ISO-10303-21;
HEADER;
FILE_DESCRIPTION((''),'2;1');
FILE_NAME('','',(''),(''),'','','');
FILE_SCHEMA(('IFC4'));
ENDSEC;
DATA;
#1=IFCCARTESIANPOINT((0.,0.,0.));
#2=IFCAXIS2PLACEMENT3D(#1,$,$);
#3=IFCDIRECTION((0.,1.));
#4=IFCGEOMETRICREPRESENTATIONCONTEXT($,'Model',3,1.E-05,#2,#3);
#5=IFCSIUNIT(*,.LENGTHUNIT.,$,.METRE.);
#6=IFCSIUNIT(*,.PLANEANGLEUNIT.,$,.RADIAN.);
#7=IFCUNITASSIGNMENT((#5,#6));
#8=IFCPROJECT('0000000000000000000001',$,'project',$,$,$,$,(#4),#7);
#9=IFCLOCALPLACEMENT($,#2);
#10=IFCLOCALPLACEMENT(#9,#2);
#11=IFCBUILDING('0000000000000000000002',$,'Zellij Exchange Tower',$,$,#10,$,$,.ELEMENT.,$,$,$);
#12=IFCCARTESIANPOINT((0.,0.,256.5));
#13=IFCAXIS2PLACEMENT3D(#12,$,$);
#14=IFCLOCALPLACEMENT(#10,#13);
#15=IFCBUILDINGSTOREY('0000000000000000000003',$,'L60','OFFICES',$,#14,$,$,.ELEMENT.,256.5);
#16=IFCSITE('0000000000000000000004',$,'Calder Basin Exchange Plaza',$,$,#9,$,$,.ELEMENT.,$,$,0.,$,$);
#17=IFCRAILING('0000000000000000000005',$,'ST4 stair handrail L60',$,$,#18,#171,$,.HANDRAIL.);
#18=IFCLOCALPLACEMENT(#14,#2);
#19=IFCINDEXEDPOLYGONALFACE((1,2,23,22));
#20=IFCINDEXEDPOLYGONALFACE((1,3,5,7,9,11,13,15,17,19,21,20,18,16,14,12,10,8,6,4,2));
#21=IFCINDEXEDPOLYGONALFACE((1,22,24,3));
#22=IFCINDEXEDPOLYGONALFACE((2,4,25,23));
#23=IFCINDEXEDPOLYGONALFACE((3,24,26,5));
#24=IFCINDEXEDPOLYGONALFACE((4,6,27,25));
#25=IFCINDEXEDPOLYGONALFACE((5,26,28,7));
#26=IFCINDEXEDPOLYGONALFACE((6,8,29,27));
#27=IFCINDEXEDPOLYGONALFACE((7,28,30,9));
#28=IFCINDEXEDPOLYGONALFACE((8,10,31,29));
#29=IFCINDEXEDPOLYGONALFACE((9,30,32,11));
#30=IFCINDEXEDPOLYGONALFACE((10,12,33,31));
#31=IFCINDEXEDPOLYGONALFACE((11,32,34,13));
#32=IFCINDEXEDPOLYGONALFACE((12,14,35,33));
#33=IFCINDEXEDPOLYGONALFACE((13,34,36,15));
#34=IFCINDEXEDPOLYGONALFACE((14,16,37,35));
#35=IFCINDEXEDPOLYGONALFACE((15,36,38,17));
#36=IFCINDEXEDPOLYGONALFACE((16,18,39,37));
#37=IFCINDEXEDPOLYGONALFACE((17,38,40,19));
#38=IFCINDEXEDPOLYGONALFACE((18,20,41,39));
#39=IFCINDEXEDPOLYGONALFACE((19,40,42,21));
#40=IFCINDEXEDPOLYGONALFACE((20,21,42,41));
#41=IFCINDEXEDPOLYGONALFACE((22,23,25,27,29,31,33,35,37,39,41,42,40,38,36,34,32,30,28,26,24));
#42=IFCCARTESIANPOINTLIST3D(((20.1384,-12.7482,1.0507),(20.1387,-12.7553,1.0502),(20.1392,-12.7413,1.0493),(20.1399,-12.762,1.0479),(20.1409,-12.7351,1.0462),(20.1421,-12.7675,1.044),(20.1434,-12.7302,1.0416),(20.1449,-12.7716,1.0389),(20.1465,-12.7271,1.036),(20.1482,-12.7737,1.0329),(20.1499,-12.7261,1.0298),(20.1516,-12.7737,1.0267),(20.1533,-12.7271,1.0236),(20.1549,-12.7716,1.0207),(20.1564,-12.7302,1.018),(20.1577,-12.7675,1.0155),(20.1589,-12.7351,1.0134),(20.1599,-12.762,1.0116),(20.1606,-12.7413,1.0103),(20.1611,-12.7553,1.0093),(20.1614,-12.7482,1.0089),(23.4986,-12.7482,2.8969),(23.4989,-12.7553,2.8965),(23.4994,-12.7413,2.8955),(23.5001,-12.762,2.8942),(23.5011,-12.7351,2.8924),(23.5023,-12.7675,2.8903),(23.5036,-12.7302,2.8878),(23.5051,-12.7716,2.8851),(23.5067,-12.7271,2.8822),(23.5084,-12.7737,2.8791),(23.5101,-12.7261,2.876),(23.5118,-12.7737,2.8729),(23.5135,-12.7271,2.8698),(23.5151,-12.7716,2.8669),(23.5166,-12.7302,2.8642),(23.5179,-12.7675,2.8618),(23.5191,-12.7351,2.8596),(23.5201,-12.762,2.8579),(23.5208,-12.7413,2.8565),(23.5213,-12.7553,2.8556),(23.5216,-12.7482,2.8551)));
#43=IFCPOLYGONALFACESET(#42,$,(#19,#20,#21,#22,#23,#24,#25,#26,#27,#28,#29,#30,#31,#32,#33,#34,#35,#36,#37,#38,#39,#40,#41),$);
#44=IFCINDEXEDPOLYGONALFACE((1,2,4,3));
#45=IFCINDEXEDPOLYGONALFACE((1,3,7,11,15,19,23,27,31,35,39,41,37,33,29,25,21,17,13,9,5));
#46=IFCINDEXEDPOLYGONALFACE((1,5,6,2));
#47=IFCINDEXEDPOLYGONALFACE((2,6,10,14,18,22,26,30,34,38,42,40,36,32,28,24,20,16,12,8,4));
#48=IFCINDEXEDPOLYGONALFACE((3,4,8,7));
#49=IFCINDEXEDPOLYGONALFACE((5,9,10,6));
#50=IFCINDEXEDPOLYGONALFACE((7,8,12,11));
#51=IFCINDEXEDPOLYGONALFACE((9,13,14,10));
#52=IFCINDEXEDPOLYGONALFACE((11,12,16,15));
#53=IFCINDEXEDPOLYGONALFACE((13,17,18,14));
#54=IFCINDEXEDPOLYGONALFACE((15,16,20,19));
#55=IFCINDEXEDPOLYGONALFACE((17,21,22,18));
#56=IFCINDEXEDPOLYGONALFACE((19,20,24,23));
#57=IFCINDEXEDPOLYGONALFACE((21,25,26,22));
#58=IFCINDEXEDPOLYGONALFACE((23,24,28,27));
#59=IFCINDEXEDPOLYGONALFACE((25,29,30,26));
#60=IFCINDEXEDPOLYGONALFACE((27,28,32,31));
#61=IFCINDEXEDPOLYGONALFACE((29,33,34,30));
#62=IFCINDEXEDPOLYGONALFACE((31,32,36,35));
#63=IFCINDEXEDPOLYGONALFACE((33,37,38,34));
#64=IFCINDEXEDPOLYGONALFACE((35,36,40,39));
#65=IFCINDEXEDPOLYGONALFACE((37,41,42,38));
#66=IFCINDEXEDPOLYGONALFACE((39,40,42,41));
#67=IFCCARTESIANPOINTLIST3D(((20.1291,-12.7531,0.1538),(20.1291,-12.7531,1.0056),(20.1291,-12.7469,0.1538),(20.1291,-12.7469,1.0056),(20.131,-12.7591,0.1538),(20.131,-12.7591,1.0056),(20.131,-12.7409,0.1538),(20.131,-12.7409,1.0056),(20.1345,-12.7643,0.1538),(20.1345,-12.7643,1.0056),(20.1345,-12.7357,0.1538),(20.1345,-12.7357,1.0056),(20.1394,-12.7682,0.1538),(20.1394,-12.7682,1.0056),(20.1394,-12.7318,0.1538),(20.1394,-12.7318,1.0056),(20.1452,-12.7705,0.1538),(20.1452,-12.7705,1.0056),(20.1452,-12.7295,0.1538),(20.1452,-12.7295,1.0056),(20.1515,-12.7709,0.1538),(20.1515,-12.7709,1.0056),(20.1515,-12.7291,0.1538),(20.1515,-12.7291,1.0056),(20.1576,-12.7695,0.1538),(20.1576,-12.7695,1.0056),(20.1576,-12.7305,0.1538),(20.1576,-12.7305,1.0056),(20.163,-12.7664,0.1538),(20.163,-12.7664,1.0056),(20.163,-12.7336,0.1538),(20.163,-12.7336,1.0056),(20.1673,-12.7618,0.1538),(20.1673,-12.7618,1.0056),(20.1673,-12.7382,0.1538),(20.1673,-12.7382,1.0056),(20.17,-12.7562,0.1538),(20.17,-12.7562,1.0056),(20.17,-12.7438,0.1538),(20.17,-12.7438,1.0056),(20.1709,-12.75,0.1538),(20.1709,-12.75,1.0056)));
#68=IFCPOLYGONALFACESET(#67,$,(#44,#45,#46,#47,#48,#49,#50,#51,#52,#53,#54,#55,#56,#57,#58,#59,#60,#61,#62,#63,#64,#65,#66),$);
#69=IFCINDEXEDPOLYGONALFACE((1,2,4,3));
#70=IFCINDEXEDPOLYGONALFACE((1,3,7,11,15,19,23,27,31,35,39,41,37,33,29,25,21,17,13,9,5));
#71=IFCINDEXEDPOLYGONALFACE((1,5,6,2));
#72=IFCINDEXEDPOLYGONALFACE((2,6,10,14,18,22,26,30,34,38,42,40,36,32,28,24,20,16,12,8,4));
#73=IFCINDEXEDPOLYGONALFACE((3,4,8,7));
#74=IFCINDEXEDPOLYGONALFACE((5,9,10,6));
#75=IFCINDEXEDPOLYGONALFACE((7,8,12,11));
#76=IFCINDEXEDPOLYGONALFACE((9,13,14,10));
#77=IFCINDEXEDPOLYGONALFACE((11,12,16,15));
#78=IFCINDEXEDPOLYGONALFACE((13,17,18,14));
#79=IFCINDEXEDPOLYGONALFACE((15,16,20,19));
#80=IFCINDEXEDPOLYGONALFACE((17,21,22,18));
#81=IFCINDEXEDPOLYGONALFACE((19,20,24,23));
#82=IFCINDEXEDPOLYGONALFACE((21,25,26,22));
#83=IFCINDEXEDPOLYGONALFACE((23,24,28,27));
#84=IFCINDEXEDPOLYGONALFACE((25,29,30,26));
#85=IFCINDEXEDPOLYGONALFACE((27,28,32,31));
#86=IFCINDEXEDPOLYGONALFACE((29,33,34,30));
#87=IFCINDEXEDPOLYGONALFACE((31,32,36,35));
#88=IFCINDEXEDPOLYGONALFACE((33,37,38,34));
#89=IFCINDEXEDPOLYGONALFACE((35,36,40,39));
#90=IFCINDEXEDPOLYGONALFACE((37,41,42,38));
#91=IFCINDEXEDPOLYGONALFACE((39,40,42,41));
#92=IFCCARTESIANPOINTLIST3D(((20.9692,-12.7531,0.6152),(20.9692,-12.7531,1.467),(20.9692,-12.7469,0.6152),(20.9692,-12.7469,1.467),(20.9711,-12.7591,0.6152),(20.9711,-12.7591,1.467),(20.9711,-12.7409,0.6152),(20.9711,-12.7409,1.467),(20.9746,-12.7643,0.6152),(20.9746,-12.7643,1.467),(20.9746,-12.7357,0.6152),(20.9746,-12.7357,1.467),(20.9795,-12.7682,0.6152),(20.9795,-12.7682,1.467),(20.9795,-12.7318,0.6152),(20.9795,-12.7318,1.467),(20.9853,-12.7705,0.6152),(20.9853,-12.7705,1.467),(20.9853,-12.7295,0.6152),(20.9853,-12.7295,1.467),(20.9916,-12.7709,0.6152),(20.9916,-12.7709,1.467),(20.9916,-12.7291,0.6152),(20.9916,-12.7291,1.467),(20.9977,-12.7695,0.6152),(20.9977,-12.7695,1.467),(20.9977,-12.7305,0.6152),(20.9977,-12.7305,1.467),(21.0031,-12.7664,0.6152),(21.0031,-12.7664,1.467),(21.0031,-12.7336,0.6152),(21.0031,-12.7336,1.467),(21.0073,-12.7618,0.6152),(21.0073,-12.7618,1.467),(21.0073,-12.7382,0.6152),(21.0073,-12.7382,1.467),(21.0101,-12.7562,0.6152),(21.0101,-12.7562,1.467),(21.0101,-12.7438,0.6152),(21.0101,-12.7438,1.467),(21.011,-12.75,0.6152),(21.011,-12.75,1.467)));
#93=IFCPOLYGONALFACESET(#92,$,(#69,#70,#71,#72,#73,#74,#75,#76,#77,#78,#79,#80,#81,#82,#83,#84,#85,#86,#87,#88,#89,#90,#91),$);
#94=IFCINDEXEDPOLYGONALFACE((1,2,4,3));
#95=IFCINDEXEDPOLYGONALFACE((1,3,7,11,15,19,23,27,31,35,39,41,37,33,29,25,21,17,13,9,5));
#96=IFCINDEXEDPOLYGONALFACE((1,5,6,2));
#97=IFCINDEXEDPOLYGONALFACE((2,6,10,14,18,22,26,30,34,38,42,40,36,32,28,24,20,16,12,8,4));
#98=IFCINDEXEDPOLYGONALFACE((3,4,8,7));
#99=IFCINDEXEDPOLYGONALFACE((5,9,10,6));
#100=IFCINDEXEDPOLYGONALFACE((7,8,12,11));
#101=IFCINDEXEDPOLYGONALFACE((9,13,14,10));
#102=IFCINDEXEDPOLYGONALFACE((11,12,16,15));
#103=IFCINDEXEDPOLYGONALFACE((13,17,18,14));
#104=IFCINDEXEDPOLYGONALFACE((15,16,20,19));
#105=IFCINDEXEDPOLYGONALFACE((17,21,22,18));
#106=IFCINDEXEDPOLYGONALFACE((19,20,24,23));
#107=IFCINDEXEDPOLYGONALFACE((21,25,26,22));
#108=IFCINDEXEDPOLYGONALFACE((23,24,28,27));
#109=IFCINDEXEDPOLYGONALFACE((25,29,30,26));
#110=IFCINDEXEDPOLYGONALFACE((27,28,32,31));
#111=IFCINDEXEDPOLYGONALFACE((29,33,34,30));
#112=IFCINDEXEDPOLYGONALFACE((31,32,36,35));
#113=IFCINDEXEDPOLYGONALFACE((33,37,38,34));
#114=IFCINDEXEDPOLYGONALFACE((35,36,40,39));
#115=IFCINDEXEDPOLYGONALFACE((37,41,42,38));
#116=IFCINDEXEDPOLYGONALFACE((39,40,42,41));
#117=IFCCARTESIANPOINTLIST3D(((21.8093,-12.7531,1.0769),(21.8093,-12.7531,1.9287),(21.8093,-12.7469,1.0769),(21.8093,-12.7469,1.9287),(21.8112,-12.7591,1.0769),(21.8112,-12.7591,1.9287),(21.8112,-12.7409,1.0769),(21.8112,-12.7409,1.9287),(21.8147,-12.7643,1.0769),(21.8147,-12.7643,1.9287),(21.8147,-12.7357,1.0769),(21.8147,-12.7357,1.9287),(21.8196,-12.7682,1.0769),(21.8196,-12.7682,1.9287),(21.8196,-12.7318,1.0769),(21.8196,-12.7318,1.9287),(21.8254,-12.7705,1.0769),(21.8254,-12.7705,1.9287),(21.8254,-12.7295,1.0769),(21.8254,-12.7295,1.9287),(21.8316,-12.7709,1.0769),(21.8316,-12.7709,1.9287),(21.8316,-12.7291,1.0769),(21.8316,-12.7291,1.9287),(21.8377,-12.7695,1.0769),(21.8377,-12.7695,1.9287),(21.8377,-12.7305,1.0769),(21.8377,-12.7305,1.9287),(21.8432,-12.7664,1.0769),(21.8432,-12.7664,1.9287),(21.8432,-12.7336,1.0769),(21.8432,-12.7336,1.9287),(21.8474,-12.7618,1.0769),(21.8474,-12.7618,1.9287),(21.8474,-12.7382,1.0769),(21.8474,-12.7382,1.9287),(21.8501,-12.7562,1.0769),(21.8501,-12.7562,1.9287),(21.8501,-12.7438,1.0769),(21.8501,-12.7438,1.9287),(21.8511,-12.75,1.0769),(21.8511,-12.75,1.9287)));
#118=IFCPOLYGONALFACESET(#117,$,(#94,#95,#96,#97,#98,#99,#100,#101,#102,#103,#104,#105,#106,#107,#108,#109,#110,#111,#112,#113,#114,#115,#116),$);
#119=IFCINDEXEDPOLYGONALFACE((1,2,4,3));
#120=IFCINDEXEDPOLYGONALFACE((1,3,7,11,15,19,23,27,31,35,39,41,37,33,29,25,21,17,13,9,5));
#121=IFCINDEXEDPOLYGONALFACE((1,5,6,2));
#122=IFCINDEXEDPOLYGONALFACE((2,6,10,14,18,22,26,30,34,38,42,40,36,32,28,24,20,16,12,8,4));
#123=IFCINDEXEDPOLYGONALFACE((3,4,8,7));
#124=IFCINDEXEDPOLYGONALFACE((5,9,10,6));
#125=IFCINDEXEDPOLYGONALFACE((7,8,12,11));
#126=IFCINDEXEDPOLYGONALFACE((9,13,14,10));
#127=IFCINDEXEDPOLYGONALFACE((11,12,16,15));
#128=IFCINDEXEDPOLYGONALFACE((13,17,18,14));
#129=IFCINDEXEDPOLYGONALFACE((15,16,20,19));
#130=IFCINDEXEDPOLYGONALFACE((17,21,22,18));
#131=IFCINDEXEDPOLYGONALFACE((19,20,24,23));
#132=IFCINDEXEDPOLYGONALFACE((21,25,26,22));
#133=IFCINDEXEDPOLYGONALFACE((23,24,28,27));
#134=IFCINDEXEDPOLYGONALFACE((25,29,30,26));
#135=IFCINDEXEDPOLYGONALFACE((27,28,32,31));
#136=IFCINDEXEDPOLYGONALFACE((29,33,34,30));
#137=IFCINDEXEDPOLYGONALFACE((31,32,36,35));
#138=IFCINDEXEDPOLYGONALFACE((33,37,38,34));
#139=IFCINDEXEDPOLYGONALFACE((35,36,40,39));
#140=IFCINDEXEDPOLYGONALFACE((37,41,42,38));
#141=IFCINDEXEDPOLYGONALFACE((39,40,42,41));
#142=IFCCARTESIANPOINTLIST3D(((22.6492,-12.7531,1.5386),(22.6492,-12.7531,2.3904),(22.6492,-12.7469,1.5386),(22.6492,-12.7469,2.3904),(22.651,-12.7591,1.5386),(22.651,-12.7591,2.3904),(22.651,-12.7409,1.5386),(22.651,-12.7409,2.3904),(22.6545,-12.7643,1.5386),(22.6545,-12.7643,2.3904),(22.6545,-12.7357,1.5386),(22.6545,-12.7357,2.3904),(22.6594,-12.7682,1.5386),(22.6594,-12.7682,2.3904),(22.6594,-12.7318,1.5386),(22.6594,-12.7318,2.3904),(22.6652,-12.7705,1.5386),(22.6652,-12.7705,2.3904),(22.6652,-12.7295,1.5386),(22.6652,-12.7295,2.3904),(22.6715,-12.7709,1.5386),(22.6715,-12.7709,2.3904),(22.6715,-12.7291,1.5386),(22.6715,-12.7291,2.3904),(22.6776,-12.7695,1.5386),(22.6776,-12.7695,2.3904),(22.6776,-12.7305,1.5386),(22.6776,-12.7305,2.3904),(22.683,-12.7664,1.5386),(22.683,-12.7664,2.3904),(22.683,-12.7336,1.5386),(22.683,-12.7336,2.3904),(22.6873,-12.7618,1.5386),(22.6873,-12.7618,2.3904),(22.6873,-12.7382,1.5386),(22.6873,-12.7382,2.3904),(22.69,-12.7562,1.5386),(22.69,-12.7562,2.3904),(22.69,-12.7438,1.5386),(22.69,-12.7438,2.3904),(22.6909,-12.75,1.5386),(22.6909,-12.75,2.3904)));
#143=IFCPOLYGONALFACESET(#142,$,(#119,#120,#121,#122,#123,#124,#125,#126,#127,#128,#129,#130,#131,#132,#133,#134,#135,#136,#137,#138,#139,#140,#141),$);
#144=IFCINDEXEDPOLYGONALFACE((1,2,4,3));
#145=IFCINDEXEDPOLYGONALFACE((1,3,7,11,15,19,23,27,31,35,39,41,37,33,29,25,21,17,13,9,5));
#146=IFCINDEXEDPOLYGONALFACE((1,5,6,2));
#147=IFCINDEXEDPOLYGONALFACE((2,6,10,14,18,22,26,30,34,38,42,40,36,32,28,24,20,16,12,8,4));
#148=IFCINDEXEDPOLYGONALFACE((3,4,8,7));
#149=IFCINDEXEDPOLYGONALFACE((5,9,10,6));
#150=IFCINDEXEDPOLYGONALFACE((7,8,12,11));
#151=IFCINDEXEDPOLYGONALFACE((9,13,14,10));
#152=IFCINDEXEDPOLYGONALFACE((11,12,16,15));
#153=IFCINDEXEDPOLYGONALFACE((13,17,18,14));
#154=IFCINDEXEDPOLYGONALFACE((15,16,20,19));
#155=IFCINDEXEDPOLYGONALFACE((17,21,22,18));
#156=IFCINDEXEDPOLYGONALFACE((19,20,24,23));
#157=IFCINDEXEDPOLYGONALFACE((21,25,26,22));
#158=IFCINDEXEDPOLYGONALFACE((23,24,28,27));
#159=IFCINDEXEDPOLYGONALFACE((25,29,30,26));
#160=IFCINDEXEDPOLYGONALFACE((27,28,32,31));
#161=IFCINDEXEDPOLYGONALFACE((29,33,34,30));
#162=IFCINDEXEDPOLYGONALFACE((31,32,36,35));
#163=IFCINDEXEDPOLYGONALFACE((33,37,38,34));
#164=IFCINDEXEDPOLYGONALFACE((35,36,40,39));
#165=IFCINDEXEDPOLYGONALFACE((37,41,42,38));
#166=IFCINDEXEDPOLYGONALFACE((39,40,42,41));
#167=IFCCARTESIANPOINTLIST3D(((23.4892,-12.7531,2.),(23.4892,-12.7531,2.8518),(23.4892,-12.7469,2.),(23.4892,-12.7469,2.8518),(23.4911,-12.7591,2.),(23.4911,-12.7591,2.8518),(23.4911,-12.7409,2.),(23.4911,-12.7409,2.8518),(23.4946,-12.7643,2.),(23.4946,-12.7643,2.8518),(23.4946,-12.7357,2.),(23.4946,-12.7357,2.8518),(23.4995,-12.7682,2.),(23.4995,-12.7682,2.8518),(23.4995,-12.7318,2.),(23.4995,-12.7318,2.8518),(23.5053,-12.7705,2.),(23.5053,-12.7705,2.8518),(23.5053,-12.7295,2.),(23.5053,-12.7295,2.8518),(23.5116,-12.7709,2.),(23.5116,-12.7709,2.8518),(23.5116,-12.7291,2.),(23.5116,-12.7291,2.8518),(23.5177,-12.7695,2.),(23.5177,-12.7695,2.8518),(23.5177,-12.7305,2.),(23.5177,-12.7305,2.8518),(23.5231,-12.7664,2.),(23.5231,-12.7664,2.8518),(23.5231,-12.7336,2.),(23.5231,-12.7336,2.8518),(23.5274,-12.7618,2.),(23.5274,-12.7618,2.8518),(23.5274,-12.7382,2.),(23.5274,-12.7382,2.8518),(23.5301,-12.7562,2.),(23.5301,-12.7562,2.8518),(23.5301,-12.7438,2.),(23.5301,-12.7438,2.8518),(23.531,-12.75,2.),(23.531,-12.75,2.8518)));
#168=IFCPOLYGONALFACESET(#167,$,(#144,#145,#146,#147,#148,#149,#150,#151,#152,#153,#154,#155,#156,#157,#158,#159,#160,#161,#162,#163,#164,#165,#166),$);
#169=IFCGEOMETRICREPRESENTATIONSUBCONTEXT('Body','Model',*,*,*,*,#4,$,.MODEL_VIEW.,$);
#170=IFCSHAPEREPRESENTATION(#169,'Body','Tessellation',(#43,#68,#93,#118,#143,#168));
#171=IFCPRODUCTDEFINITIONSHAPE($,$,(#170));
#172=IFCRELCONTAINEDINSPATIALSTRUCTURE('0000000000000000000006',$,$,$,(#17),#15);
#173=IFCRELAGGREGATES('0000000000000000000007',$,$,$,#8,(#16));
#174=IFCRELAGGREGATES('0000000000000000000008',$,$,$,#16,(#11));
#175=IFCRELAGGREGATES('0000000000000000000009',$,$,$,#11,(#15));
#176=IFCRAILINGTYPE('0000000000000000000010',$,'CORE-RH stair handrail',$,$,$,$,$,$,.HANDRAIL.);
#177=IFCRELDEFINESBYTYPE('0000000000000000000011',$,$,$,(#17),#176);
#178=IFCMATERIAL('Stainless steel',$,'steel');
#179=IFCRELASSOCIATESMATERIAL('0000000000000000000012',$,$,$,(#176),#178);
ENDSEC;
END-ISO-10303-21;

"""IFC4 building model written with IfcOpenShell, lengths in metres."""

from ifc_helpers import new_model, si_unit, direction, frame, origin, origin_2d, place, context, subcontext, project, spatial, circle, extrude, material, type_object, element, save


model = new_model("IFC4")

# Units and contexts
model_context = context("Model", 3, precision=1e-05, world=origin(), true_north=direction((0.0, 1.0)))
body_context = subcontext(model_context, "Body", "Model", "MODEL_VIEW")
ifc_project = project(units=[si_unit("LENGTHUNIT", "METRE"), si_unit("PLANEANGLEUNIT", "RADIAN")], contexts=[model_context])

# Site, building, storey
site_placement = place(None, origin())
site = spatial("IfcSite", under=ifc_project, at=site_placement, Name="Calder Basin Exchange Plaza", CompositionType="ELEMENT", RefElevation=0.0)
building_placement = place(site_placement, origin())
building = spatial("IfcBuilding", under=site, at=building_placement, Name="Zellij Exchange Tower", CompositionType="ELEMENT")
storey_placement = place(building_placement, frame((0.0, 0.0, 256.5)))
storey = spatial("IfcBuildingStorey", under=building, at=storey_placement, Name="L60", Description="OFFICES", CompositionType="ELEMENT", Elevation=256.5)

# Railing
ifc_material_1 = material(Name="Stainless steel", Category="steel")
railing_type_1 = type_object("IfcRailingType", Name="CORE-RH stair handrail", PredefinedType="HANDRAIL", material=ifc_material_1)
railing_1_placement = place(storey_placement, frame((20.1499, -12.75, 0.1538)))
element("IfcRailing", 1, at=railing_1_placement, inside=storey, type_object=railing_type_1, Name="ST4 stair handrail L60", PredefinedType="HANDRAIL", context=body_context, shape_type="SweptSolid", body=[
    extrude(circle(Radius=0.0239, at=origin_2d()), frame((0.0, 0.0, 0.876), z_axis=(0.876422, 0.0, 0.481545), x_axis=(0.0, 1.0, 0.0)), (0.0, 0.0, 1.0), 3.834),
    extrude(circle(Radius=0.021, at=origin_2d()), origin(), (0.0, 0.0, 1.0), 0.8518),
    extrude(circle(Radius=0.021, at=origin_2d()), frame((0.8401, 0.0, 0.4614)), (0.0, 0.0, 1.0), 0.8518),
    extrude(circle(Radius=0.021, at=origin_2d()), frame((1.6802, 0.0, 0.9231)), (0.0, 0.0, 1.0), 0.8518),
    extrude(circle(Radius=0.021, at=origin_2d()), frame((2.52, 0.0, 1.3848)), (0.0, 0.0, 1.0), 0.8518),
    extrude(circle(Radius=0.021, at=origin_2d()), frame((3.3601, 0.0, 1.8462)), (0.0, 0.0, 1.0), 0.8518),
])

save(model, "model.ifc")
